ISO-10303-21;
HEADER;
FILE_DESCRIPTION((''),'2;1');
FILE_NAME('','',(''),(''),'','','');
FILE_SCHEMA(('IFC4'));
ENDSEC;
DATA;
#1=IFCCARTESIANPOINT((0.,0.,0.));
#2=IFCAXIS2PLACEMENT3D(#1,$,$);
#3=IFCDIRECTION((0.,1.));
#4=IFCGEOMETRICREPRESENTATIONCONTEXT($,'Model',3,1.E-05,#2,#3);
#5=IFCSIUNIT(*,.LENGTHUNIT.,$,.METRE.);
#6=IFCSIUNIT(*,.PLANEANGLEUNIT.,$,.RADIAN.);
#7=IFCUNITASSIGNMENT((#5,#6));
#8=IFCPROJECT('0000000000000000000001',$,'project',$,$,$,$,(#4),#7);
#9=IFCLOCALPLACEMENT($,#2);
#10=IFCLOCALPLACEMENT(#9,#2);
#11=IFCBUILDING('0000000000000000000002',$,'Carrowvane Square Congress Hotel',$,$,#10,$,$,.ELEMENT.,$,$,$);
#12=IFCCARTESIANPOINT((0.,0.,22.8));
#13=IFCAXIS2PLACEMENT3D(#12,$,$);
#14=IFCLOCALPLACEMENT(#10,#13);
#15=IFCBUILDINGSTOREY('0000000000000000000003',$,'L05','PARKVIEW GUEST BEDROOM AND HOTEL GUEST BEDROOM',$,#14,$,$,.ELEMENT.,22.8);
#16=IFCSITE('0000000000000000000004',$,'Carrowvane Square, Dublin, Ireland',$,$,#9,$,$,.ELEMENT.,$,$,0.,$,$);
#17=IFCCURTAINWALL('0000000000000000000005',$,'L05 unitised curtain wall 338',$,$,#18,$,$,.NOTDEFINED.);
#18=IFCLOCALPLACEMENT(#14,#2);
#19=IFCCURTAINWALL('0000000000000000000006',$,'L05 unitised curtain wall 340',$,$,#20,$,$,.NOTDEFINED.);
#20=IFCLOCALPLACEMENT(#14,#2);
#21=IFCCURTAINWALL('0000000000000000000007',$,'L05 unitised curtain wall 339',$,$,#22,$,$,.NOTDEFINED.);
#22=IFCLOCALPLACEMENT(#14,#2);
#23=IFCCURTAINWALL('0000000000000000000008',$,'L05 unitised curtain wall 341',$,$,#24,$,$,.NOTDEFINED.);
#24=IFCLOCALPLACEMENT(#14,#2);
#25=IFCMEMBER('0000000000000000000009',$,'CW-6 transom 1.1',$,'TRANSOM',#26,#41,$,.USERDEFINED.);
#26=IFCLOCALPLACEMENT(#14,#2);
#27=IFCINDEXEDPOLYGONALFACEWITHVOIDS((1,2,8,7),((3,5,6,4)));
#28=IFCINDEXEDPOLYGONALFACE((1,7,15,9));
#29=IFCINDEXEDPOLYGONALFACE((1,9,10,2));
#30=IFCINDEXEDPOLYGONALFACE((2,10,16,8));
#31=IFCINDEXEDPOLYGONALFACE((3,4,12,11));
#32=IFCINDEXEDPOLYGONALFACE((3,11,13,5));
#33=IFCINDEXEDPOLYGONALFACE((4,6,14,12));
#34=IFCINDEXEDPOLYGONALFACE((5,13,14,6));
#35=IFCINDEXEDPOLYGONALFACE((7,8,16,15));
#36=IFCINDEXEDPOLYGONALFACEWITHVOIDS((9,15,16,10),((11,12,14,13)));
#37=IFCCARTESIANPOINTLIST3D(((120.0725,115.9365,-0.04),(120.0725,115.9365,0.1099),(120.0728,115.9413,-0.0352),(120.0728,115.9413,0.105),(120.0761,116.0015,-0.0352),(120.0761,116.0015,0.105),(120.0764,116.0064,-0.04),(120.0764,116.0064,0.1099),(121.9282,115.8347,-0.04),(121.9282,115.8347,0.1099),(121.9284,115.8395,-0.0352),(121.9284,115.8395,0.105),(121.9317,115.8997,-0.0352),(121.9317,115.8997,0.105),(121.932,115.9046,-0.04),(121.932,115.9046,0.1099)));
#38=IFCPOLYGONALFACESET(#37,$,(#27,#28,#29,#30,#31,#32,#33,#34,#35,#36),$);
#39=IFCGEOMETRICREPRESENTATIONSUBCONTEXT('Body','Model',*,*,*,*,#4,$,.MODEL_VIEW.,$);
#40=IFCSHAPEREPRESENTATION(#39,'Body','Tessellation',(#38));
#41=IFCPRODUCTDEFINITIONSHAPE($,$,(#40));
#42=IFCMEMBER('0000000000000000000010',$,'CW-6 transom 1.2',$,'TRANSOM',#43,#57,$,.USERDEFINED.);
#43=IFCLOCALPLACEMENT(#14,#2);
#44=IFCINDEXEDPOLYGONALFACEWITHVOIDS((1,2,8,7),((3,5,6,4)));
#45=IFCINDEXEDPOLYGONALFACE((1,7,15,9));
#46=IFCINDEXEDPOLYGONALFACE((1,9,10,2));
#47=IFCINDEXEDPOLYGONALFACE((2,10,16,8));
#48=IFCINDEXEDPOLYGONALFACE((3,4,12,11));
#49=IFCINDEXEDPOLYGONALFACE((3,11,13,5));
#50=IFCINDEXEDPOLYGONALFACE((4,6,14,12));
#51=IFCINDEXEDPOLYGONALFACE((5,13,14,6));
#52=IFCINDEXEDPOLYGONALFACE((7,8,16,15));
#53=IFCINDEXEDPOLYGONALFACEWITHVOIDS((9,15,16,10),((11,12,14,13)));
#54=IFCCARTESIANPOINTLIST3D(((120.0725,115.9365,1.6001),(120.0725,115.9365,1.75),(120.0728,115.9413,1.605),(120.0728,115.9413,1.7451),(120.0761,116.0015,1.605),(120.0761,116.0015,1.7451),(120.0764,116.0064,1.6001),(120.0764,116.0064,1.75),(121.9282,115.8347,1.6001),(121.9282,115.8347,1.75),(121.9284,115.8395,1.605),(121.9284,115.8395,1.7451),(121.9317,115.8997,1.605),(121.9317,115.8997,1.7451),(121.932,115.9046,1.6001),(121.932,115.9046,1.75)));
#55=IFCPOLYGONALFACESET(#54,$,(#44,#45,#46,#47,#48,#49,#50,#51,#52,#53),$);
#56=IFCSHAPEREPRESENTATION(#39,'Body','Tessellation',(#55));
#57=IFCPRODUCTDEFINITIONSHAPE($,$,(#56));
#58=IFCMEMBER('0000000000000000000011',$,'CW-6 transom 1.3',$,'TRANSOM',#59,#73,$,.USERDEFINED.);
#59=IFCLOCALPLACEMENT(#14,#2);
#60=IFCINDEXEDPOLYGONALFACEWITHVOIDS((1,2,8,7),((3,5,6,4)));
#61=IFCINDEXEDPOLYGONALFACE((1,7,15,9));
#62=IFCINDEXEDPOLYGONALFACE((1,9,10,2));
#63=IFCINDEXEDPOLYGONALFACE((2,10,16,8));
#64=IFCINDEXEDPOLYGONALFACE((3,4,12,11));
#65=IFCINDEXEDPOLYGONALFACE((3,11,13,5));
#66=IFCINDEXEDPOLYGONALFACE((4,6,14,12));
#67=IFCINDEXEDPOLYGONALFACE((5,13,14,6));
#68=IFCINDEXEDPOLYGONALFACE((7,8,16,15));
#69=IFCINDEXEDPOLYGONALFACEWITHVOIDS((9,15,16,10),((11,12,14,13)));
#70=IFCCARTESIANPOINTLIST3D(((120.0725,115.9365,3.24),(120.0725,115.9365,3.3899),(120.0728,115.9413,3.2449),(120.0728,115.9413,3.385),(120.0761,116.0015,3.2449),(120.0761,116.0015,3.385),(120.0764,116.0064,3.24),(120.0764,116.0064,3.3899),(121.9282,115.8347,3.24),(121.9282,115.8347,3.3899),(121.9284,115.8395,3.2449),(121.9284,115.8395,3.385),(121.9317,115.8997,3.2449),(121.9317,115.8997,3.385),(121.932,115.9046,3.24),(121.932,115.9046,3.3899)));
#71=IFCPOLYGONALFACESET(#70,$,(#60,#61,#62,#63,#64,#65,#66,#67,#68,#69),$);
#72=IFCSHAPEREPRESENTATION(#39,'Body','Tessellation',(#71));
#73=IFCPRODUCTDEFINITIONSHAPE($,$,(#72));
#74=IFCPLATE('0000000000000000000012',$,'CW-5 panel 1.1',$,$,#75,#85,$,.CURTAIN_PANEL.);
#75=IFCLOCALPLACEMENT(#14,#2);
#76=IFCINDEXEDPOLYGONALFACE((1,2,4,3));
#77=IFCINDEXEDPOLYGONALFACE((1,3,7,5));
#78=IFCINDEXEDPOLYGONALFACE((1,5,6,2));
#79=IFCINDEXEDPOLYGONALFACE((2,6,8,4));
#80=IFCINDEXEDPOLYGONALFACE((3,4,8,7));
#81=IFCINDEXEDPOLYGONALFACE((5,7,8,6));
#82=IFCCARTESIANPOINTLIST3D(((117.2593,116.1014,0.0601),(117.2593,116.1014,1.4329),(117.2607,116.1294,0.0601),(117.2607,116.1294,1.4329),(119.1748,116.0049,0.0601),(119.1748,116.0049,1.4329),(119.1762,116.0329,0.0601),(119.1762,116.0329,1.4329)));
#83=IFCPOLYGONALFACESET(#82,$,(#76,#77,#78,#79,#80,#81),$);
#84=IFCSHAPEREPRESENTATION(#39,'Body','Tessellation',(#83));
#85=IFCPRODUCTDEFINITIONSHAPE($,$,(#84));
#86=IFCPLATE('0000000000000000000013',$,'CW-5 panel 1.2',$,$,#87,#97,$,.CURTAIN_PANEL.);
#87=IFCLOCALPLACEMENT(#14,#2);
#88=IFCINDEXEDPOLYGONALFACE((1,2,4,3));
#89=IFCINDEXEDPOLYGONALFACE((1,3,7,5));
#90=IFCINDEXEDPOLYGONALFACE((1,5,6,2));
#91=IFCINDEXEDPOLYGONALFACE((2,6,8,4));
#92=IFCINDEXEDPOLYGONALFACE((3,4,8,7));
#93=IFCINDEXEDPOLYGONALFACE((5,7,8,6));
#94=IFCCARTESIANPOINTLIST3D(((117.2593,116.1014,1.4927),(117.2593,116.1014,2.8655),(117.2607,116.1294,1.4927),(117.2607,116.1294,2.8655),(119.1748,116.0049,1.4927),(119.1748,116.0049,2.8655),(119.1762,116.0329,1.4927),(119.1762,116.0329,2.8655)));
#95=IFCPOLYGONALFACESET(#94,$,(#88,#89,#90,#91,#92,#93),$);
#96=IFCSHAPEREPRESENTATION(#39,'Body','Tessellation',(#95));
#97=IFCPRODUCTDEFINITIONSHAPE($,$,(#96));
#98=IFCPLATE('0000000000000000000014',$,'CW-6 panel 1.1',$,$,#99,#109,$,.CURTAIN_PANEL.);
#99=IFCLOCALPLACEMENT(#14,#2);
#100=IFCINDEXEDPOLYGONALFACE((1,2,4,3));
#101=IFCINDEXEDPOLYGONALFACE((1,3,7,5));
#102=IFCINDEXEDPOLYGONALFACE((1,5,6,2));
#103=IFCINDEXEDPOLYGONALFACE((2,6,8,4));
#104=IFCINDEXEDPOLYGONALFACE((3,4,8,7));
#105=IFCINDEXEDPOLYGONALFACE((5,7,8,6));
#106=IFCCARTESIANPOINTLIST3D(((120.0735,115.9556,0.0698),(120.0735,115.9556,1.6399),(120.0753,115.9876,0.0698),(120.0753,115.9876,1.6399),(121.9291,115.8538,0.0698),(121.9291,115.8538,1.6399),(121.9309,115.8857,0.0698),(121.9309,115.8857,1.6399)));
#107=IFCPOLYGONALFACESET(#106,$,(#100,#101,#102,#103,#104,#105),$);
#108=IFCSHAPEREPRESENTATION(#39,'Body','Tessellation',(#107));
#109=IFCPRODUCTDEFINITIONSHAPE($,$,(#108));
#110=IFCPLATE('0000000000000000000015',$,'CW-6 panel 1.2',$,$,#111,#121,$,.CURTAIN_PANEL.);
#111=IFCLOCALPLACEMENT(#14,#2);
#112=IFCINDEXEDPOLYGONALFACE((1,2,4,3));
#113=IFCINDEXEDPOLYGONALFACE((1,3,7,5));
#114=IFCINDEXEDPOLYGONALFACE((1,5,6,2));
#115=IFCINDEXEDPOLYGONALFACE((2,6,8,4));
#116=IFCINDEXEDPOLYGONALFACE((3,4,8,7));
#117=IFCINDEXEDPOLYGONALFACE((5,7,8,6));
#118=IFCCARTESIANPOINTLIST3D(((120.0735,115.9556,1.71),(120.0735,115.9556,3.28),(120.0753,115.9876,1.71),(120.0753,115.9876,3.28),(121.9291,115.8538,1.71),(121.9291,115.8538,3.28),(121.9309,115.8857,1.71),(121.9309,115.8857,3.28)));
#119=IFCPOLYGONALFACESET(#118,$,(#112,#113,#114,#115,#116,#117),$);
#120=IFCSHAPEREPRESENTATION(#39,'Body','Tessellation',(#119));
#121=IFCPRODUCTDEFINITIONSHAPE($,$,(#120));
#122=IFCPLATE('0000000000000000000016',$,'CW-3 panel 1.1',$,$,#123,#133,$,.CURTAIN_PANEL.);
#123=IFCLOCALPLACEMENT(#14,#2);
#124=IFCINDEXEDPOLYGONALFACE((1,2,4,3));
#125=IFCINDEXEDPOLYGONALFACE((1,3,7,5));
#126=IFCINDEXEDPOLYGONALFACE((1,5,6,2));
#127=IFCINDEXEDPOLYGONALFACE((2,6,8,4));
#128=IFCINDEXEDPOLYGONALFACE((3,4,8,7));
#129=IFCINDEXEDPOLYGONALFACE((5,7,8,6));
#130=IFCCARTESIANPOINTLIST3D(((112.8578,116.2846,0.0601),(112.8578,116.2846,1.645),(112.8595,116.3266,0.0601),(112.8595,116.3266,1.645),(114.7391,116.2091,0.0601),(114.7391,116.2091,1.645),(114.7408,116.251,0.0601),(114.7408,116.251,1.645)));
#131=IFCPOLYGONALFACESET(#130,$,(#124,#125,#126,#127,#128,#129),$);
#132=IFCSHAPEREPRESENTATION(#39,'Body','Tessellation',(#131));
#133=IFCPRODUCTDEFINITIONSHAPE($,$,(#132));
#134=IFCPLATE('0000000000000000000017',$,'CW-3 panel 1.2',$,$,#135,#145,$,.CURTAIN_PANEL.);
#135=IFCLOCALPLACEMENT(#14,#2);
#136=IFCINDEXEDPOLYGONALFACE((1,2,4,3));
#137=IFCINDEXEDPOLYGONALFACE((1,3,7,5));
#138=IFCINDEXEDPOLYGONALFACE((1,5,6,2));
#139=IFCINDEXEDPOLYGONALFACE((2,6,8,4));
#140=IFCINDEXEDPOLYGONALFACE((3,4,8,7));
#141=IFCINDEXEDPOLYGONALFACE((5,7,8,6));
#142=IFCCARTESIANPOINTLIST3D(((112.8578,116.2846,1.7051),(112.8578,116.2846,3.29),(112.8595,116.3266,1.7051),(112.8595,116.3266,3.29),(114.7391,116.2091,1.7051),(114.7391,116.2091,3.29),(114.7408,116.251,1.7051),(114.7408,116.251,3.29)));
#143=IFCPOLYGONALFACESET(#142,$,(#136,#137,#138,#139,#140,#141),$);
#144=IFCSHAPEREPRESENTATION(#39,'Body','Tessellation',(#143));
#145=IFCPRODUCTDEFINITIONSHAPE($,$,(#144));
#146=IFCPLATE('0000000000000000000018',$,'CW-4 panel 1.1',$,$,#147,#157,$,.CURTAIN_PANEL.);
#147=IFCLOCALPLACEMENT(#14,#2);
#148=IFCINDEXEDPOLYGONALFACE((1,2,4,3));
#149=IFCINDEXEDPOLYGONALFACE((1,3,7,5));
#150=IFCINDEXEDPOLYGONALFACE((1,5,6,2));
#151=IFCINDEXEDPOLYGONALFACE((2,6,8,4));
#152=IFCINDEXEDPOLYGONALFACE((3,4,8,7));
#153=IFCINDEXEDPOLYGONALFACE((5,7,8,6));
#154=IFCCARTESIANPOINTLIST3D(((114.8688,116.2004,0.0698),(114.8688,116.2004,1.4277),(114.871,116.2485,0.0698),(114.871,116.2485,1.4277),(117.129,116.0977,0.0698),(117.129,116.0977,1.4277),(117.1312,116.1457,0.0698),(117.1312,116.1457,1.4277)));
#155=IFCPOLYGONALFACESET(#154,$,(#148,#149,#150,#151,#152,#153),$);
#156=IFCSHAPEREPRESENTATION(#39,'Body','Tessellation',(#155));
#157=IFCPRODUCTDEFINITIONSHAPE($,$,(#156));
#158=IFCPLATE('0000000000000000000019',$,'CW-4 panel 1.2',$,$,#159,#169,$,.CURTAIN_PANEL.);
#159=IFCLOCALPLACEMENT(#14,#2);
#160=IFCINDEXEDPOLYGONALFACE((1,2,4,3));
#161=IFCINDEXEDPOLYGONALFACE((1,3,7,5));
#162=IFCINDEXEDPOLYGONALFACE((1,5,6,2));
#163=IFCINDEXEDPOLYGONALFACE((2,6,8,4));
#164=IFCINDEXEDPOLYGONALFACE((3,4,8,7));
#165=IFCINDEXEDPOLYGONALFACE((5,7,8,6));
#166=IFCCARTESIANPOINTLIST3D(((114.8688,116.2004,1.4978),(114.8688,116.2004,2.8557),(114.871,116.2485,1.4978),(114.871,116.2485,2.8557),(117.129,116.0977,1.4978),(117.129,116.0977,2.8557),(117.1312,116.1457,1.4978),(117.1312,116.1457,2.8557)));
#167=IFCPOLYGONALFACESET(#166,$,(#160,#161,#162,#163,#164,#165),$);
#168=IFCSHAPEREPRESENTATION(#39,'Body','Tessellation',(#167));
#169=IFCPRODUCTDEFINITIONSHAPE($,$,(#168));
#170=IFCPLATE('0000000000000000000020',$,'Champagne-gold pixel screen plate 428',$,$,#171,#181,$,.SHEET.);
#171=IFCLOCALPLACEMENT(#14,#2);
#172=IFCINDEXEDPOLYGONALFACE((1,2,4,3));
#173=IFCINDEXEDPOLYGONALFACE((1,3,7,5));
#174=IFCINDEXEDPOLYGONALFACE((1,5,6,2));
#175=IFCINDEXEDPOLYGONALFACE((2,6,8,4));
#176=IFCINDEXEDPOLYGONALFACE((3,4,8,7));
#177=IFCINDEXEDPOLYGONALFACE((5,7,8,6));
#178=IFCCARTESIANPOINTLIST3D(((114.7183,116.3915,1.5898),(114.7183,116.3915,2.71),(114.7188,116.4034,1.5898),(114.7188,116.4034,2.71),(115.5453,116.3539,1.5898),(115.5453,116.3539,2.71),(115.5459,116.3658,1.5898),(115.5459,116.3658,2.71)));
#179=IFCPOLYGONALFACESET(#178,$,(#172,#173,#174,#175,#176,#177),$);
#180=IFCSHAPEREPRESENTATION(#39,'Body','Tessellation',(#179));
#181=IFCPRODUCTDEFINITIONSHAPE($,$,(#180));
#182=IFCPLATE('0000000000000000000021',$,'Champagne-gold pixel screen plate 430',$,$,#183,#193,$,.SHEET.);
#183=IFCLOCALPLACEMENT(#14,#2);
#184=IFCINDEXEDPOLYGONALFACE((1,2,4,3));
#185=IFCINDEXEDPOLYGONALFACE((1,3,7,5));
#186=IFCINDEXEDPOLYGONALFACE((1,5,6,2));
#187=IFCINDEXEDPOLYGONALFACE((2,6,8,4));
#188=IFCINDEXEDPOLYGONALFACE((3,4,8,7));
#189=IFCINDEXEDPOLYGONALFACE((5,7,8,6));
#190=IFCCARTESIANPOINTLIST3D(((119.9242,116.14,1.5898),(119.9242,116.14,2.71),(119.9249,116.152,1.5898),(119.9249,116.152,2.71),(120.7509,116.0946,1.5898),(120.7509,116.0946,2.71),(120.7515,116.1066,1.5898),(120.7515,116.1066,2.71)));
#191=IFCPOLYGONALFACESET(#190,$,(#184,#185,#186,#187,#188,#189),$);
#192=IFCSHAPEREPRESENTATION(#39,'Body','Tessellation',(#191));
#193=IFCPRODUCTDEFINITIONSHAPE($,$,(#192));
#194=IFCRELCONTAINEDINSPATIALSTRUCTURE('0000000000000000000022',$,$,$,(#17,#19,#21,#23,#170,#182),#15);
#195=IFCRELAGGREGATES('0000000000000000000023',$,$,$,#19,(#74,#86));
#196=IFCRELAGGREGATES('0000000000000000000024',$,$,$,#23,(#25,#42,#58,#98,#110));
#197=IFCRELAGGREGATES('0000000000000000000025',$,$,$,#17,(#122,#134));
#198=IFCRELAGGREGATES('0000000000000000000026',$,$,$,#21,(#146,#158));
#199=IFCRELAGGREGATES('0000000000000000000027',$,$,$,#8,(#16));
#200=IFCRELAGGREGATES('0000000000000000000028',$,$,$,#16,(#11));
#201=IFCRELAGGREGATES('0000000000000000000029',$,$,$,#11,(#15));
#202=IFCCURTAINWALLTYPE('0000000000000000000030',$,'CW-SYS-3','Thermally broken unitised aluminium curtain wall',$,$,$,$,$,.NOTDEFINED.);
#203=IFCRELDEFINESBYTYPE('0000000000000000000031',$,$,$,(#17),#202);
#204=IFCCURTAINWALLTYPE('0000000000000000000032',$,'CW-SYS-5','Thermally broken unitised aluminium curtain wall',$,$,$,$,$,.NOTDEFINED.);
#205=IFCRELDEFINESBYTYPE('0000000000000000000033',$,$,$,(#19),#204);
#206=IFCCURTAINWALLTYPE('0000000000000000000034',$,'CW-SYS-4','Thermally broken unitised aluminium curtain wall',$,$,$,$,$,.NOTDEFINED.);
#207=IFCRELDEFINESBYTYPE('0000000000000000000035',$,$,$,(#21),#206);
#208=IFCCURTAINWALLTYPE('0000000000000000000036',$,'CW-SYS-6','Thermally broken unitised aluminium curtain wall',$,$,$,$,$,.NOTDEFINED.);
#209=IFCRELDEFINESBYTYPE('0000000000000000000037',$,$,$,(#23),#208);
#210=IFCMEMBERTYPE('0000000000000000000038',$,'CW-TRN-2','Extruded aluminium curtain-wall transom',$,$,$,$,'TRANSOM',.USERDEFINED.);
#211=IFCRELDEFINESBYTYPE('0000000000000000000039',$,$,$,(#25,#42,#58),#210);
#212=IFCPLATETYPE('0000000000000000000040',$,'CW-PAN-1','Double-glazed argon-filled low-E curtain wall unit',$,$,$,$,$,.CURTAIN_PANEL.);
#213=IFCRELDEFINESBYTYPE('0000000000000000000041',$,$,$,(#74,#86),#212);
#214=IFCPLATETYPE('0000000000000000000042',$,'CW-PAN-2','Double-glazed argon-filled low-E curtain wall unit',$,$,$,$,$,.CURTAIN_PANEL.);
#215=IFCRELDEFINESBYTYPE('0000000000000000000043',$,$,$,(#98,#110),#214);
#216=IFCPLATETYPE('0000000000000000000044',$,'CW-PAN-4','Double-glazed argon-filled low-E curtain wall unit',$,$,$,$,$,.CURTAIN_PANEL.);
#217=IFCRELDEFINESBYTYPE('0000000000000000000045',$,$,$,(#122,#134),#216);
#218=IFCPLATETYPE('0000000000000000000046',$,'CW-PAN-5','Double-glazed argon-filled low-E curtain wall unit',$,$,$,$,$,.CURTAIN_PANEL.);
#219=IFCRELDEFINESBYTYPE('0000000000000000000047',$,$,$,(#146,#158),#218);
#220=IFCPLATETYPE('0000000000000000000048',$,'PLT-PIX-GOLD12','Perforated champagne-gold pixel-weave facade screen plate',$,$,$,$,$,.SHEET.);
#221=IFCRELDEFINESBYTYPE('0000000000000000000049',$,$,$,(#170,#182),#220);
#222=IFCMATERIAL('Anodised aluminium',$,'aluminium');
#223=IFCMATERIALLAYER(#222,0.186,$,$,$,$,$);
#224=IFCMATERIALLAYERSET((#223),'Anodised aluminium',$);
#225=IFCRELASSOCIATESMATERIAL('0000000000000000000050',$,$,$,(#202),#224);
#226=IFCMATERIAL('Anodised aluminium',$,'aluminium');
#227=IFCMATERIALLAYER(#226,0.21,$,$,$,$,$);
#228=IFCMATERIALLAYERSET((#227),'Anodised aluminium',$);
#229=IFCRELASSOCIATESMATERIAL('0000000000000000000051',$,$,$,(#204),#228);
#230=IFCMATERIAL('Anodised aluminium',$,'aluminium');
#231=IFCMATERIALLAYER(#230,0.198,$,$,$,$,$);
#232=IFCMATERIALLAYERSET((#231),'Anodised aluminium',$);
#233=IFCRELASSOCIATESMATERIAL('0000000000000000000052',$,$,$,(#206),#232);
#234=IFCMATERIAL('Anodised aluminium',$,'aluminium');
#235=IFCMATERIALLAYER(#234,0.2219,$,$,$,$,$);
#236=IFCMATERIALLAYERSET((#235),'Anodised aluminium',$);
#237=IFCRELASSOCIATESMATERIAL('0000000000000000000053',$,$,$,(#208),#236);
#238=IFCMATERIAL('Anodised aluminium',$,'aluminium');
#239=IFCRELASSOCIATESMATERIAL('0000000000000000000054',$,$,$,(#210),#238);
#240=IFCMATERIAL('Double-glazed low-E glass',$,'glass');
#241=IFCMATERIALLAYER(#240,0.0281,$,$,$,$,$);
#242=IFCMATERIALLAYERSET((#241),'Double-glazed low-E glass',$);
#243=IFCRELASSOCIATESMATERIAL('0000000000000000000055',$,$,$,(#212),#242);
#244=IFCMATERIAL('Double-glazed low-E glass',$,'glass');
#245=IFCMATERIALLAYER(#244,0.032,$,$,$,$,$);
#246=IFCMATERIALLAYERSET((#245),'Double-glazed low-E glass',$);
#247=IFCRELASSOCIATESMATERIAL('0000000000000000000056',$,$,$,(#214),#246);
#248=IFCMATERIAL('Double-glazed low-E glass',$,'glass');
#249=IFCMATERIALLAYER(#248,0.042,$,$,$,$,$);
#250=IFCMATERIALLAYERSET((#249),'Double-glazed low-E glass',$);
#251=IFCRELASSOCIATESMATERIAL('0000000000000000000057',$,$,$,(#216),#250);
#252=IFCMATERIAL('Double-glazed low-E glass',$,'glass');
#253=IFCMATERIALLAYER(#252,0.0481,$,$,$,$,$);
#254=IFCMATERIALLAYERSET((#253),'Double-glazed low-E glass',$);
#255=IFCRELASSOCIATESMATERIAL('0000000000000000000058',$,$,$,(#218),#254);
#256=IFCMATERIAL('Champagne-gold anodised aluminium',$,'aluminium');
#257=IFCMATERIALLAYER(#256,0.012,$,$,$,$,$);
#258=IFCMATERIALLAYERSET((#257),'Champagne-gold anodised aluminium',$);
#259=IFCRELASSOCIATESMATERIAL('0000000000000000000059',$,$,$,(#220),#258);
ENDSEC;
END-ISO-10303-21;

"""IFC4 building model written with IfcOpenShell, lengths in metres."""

from ifc_helpers import new_model, si_unit, direction, frame, origin, origin_2d, place, context, subcontext, project, spatial, rectangle, hollow_rectangle, extrude, material, layer, layer_set, material_profile, profile_set, type_object, element, aggregate, save


model = new_model("IFC4")

# Units and contexts
model_context = context("Model", 3, precision=1e-05, world=origin(), true_north=direction((0.0, 1.0)))
body_context = subcontext(model_context, "Body", "Model", "MODEL_VIEW")
ifc_project = project(units=[si_unit("LENGTHUNIT", "METRE"), si_unit("PLANEANGLEUNIT", "RADIAN")], contexts=[model_context])

# Site, building, storey
site_placement = place(None, origin())
site = spatial("IfcSite", under=ifc_project, at=site_placement, Name="Carrowvane Square, Dublin, Ireland", CompositionType="ELEMENT", RefElevation=0.0)
building_placement = place(site_placement, origin())
building = spatial("IfcBuilding", under=site, at=building_placement, Name="Carrowvane Square Congress Hotel", CompositionType="ELEMENT")
storey_placement = place(building_placement, frame((0.0, 0.0, 22.8)))
storey = spatial("IfcBuildingStorey", under=building, at=storey_placement, Name="L05", Description="PARKVIEW GUEST BEDROOM AND HOTEL GUEST BEDROOM", CompositionType="ELEMENT", Elevation=22.8)

# Curtain wall
ifc_material_1 = material(Name="Anodised aluminium", Category="aluminium")
ifc_layer_1 = layer(ifc_material_1, 0.186)
ifc_layer_set_1 = layer_set([ifc_layer_1], Name="Anodised aluminium")
curtain_wall_type_1 = type_object("IfcCurtainWallType", Name="CW-SYS-3", Description="Thermally broken unitised aluminium curtain wall", PredefinedType="NOTDEFINED", material=ifc_layer_set_1)
curtain_wall_1_placement = place(storey_placement, origin())
curtain_wall_1 = element("IfcCurtainWall", 1, at=curtain_wall_1_placement, inside=storey, type_object=curtain_wall_type_1, Name="L05 unitised curtain wall 338", PredefinedType="NOTDEFINED")

# Curtain walls
ifc_material_2 = material(Name="Anodised aluminium", Category="aluminium")
ifc_layer_2 = layer(ifc_material_2, 0.21)
ifc_layer_set_2 = layer_set([ifc_layer_2], Name="Anodised aluminium")
curtain_wall_type_2 = type_object("IfcCurtainWallType", Name="CW-SYS-5", Description="Thermally broken unitised aluminium curtain wall", PredefinedType="NOTDEFINED", material=ifc_layer_set_2)
curtain_wall_2_placement = place(storey_placement, origin())
curtain_wall_2 = element("IfcCurtainWall", 2, at=curtain_wall_2_placement, inside=storey, type_object=curtain_wall_type_2, Name="L05 unitised curtain wall 340", PredefinedType="NOTDEFINED")
ifc_material_3 = material(Name="Anodised aluminium", Category="aluminium")
ifc_layer_3 = layer(ifc_material_3, 0.198)
ifc_layer_set_3 = layer_set([ifc_layer_3], Name="Anodised aluminium")
curtain_wall_type_3 = type_object("IfcCurtainWallType", Name="CW-SYS-4", Description="Thermally broken unitised aluminium curtain wall", PredefinedType="NOTDEFINED", material=ifc_layer_set_3)
curtain_wall_3_placement = place(storey_placement, origin())
curtain_wall_3 = element("IfcCurtainWall", 3, at=curtain_wall_3_placement, inside=storey, type_object=curtain_wall_type_3, Name="L05 unitised curtain wall 339", PredefinedType="NOTDEFINED")
ifc_material_4 = material(Name="Anodised aluminium", Category="aluminium")
ifc_layer_4 = layer(ifc_material_4, 0.2219)
ifc_layer_set_4 = layer_set([ifc_layer_4], Name="Anodised aluminium")
curtain_wall_type_4 = type_object("IfcCurtainWallType", Name="CW-SYS-6", Description="Thermally broken unitised aluminium curtain wall", PredefinedType="NOTDEFINED", material=ifc_layer_set_4)
curtain_wall_4_placement = place(storey_placement, origin())
curtain_wall_4 = element("IfcCurtainWall", 4, at=curtain_wall_4_placement, inside=storey, type_object=curtain_wall_type_4, Name="L05 unitised curtain wall 341", PredefinedType="NOTDEFINED")

# Members
ifc_material_5 = material(Name="Anodised aluminium", Category="aluminium")
ifc_material_profile_1 = material_profile(ifc_material_5, hollow_rectangle(XDim=0.0701, YDim=0.1499, WallThickness=0.0049, at=origin_2d()), Name="CW-TR 70x150x5")
ifc_profile_set_1 = profile_set([ifc_material_profile_1], Name="Anodised aluminium")
member_type_1 = type_object("IfcMemberType", Name="CW-TRN-2", Description="Extruded aluminium curtain-wall transom", ElementType="TRANSOM", PredefinedType="USERDEFINED", material=ifc_profile_set_1)
member_1_placement = place(storey_placement, frame((120.0745, 115.9714, 0.0349), z_axis=(0.998499, -0.054779, 0.0), x_axis=(0.054779, 0.998499, 0.0)))
member_1 = element("IfcMember", 5, at=member_1_placement, type_object=member_type_1, Name="CW-6 transom 1.1", ObjectType="TRANSOM", PredefinedType="USERDEFINED", context=body_context, shape_type="SweptSolid", body=[
    extrude(hollow_rectangle(XDim=0.0701, YDim=0.1499, WallThickness=0.0049, at=origin_2d()), origin(), (0.0, 0.0, 1.0), 1.8584),
])
member_2_placement = place(storey_placement, frame((120.0745, 115.9714, 1.675), z_axis=(0.998499, -0.054779, 0.0), x_axis=(0.054779, 0.998499, 0.0)))
member_2 = element("IfcMember", 6, at=member_2_placement, type_object=member_type_1, Name="CW-6 transom 1.2", ObjectType="TRANSOM", PredefinedType="USERDEFINED", context=body_context, shape_type="SweptSolid", body=[
    extrude(hollow_rectangle(XDim=0.0701, YDim=0.1499, WallThickness=0.0049, at=origin_2d()), origin(), (0.0, 0.0, 1.0), 1.8584),
])
member_3_placement = place(storey_placement, frame((120.0745, 115.9714, 3.3149), z_axis=(0.998499, -0.054779, 0.0), x_axis=(0.054779, 0.998499, 0.0)))
member_3 = element("IfcMember", 7, at=member_3_placement, type_object=member_type_1, Name="CW-6 transom 1.3", ObjectType="TRANSOM", PredefinedType="USERDEFINED", context=body_context, shape_type="SweptSolid", body=[
    extrude(hollow_rectangle(XDim=0.0701, YDim=0.1499, WallThickness=0.0049, at=origin_2d()), origin(), (0.0, 0.0, 1.0), 1.8584),
])

# Plates
ifc_material_6 = material(Name="Double-glazed low-E glass", Category="glass")
ifc_layer_5 = layer(ifc_material_6, 0.0281)
ifc_layer_set_5 = layer_set([ifc_layer_5], Name="Double-glazed low-E glass")
plate_type_1 = type_object("IfcPlateType", Name="CW-PAN-1", Description="Double-glazed argon-filled low-E curtain wall unit", PredefinedType="CURTAIN_PANEL", material=ifc_layer_set_5)
plate_1_placement = place(storey_placement, frame((118.2178, 116.0671, 0.0601), z_axis=(0.0, 0.0, 1.0), x_axis=(0.998733, -0.050324, 0.0)))
plate_1 = element("IfcPlate", 8, at=plate_1_placement, type_object=plate_type_1, Name="CW-5 panel 1.1", PredefinedType="CURTAIN_PANEL", context=body_context, shape_type="SweptSolid", body=[
    extrude(rectangle(XDim=1.918, YDim=0.0281, at=origin_2d()), origin(), (0.0, 0.0, 1.0), 1.3728),
])
plate_2_placement = place(storey_placement, frame((118.2178, 116.0671, 1.4927), z_axis=(0.0, 0.0, 1.0), x_axis=(0.998733, -0.050324, 0.0)))
plate_2 = element("IfcPlate", 9, at=plate_2_placement, type_object=plate_type_1, Name="CW-5 panel 1.2", PredefinedType="CURTAIN_PANEL", context=body_context, shape_type="SweptSolid", body=[
    extrude(rectangle(XDim=1.918, YDim=0.0281, at=origin_2d()), origin(), (0.0, 0.0, 1.0), 1.3728),
])
aggregate(curtain_wall_2, [plate_1, plate_2])
ifc_material_7 = material(Name="Double-glazed low-E glass", Category="glass")
ifc_layer_6 = layer(ifc_material_7, 0.032)
ifc_layer_set_6 = layer_set([ifc_layer_6], Name="Double-glazed low-E glass")
plate_type_2 = type_object("IfcPlateType", Name="CW-PAN-2", Description="Double-glazed argon-filled low-E curtain wall unit", PredefinedType="CURTAIN_PANEL", material=ifc_layer_set_6)
plate_3_placement = place(storey_placement, frame((121.0022, 115.9207, 0.0698), z_axis=(0.0, 0.0, 1.0), x_axis=(0.998496, -0.054816, 0.0)))
plate_3 = element("IfcPlate", 10, at=plate_3_placement, type_object=plate_type_2, Name="CW-6 panel 1.1", PredefinedType="CURTAIN_PANEL", context=body_context, shape_type="SweptSolid", body=[
    extrude(rectangle(XDim=1.8584, YDim=0.032, at=origin_2d()), origin(), (0.0, 0.0, 1.0), 1.5701),
])
plate_4_placement = place(storey_placement, frame((121.0022, 115.9207, 1.71), z_axis=(0.0, 0.0, 1.0), x_axis=(0.998496, -0.054816, 0.0)))
plate_4 = element("IfcPlate", 11, at=plate_4_placement, type_object=plate_type_2, Name="CW-6 panel 1.2", PredefinedType="CURTAIN_PANEL", context=body_context, shape_type="SweptSolid", body=[
    extrude(rectangle(XDim=1.8584, YDim=0.032, at=origin_2d()), origin(), (0.0, 0.0, 1.0), 1.5701),
])
aggregate(curtain_wall_4, [member_1, member_2, member_3, plate_3, plate_4])
ifc_material_8 = material(Name="Double-glazed low-E glass", Category="glass")
ifc_layer_7 = layer(ifc_material_8, 0.042)
ifc_layer_set_7 = layer_set([ifc_layer_7], Name="Double-glazed low-E glass")
plate_type_3 = type_object("IfcPlateType", Name="CW-PAN-4", Description="Double-glazed argon-filled low-E curtain wall unit", PredefinedType="CURTAIN_PANEL", material=ifc_layer_set_7)
plate_5_placement = place(storey_placement, frame((113.7993, 116.2678, 0.0601), z_axis=(0.0, 0.0, 1.0), x_axis=(0.999194, -0.040131, 0.0)))
plate_5 = element("IfcPlate", 12, at=plate_5_placement, type_object=plate_type_3, Name="CW-3 panel 1.1", PredefinedType="CURTAIN_PANEL", context=body_context, shape_type="SweptSolid", body=[
    extrude(rectangle(XDim=1.8828, YDim=0.042, at=origin_2d()), origin(), (0.0, 0.0, 1.0), 1.585),
])
plate_6_placement = place(storey_placement, frame((113.7993, 116.2678, 1.7051), z_axis=(0.0, 0.0, 1.0), x_axis=(0.999194, -0.040131, 0.0)))
plate_6 = element("IfcPlate", 13, at=plate_6_placement, type_object=plate_type_3, Name="CW-3 panel 1.2", PredefinedType="CURTAIN_PANEL", context=body_context, shape_type="SweptSolid", body=[
    extrude(rectangle(XDim=1.8828, YDim=0.042, at=origin_2d()), origin(), (0.0, 0.0, 1.0), 1.585),
])
aggregate(curtain_wall_1, [plate_5, plate_6])
ifc_material_9 = material(Name="Double-glazed low-E glass", Category="glass")
ifc_layer_8 = layer(ifc_material_9, 0.0481)
ifc_layer_set_8 = layer_set([ifc_layer_8], Name="Double-glazed low-E glass")
plate_type_4 = type_object("IfcPlateType", Name="CW-PAN-5", Description="Double-glazed argon-filled low-E curtain wall unit", PredefinedType="CURTAIN_PANEL", material=ifc_layer_set_8)
plate_7_placement = place(storey_placement, frame((116.0, 116.1731, 0.0698), z_axis=(0.0, 0.0, 1.0), x_axis=(0.998968, -0.045411, 0.0)))
plate_7 = element("IfcPlate", 14, at=plate_7_placement, type_object=plate_type_4, Name="CW-4 panel 1.1", PredefinedType="CURTAIN_PANEL", context=body_context, shape_type="SweptSolid", body=[
    extrude(rectangle(XDim=2.2625, YDim=0.0481, at=origin_2d()), origin(), (0.0, 0.0, 1.0), 1.3579),
])
plate_8_placement = place(storey_placement, frame((116.0, 116.1731, 1.4978), z_axis=(0.0, 0.0, 1.0), x_axis=(0.998968, -0.045411, 0.0)))
plate_8 = element("IfcPlate", 15, at=plate_8_placement, type_object=plate_type_4, Name="CW-4 panel 1.2", PredefinedType="CURTAIN_PANEL", context=body_context, shape_type="SweptSolid", body=[
    extrude(rectangle(XDim=2.2625, YDim=0.0481, at=origin_2d()), origin(), (0.0, 0.0, 1.0), 1.3579),
])
aggregate(curtain_wall_3, [plate_7, plate_8])

# Plates
ifc_material_10 = material(Name="Champagne-gold anodised aluminium", Category="aluminium")
ifc_layer_9 = layer(ifc_material_10, 0.012)
ifc_layer_set_9 = layer_set([ifc_layer_9], Name="Champagne-gold anodised aluminium")
plate_type_5 = type_object("IfcPlateType", Name="PLT-PIX-GOLD12", Description="Perforated champagne-gold pixel-weave facade screen plate", PredefinedType="SHEET", material=ifc_layer_set_9)
for number, where, z_axis, x_axis, name in (
    (16, (115.1321, 116.3787, 1.5898), (0.0, 0.0, 1.0), (0.998968, -0.045414, 0.0), "Champagne-gold pixel screen plate 428"),
    (17, (120.3379, 116.1233, 1.5898), (0.0, 0.0, 1.0), (0.998497, -0.054815, 0.0), "Champagne-gold pixel screen plate 430"),
):
    element("IfcPlate", number, at=place(storey_placement, frame(where, z_axis=z_axis, x_axis=x_axis)), inside=storey, type_object=plate_type_5, Name=name, PredefinedType="SHEET", context=body_context, shape_type="SweptSolid", body=[
        extrude(rectangle(XDim=0.8279, YDim=0.012, at=origin_2d()), origin(), (0.0, 0.0, 1.0), 1.1201),
    ])

save(model, "model.ifc")
